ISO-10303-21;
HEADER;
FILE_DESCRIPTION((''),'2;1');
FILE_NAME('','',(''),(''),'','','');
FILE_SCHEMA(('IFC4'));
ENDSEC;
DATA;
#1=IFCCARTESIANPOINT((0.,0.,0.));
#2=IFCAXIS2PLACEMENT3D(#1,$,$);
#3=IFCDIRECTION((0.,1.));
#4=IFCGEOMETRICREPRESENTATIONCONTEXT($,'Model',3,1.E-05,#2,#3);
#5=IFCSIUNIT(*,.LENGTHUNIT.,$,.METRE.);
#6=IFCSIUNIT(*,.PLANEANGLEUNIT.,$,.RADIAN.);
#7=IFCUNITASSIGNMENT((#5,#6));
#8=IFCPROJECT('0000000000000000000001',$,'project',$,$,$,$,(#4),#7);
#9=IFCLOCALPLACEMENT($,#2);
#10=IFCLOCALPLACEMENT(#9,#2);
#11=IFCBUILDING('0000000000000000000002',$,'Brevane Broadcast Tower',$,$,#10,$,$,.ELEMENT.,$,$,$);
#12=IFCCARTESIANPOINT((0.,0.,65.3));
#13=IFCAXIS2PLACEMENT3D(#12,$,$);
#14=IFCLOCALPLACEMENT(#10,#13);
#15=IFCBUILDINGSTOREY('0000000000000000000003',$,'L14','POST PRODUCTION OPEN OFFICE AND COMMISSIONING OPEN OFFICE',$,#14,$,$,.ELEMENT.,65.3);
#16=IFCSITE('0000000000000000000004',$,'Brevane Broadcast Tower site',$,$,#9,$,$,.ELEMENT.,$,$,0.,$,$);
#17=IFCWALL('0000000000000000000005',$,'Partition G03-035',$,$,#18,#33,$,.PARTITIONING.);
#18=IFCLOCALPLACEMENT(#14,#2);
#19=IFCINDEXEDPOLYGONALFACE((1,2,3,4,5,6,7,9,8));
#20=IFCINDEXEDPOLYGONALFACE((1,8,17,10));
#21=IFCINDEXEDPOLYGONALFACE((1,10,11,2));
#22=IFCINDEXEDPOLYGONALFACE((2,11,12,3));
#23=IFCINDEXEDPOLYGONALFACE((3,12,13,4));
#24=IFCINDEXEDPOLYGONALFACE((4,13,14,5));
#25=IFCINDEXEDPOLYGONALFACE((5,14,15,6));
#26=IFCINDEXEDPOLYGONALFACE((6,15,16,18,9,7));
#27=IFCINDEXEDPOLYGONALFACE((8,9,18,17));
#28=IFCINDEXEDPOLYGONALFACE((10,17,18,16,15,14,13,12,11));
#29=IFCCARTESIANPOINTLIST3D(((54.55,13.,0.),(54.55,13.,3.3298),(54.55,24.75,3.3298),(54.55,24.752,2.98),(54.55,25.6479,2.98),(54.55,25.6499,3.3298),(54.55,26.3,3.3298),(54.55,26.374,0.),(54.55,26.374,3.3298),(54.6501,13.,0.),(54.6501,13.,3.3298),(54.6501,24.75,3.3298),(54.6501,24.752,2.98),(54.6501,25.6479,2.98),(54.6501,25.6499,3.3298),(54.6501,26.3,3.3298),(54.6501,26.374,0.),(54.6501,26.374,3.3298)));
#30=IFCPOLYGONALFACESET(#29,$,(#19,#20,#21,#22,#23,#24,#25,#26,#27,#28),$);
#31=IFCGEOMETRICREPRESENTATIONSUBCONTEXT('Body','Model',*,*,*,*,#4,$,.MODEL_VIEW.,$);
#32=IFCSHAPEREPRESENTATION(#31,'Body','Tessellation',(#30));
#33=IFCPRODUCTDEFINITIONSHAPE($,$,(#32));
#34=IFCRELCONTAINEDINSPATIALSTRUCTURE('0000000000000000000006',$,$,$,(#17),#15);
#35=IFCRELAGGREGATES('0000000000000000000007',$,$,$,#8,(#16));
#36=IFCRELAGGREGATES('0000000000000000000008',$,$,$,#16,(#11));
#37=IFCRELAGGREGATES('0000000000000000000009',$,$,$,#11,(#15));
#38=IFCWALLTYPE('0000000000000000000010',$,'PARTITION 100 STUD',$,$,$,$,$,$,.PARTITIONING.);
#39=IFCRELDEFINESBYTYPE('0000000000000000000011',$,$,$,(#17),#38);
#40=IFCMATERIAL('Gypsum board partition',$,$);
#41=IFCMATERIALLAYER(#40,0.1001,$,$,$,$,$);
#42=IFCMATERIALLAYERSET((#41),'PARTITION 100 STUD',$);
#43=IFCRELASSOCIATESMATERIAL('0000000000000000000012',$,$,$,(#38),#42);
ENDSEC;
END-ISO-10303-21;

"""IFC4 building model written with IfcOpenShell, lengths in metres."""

from ifc_helpers import new_model, si_unit, direction, frame, origin, place, context, subcontext, project, spatial, polyline, outline, extrude, material, layer, layer_set, type_object, element, save


model = new_model("IFC4")

# Units and contexts
model_context = context("Model", 3, precision=1e-05, world=origin(), true_north=direction((0.0, 1.0)))
body_context = subcontext(model_context, "Body", "Model", "MODEL_VIEW")
ifc_project = project(units=[si_unit("LENGTHUNIT", "METRE"), si_unit("PLANEANGLEUNIT", "RADIAN")], contexts=[model_context])

# Site, building, storey
site_placement = place(None, origin())
site = spatial("IfcSite", under=ifc_project, at=site_placement, Name="Brevane Broadcast Tower site", CompositionType="ELEMENT", RefElevation=0.0)
building_placement = place(site_placement, origin())
building = spatial("IfcBuilding", under=site, at=building_placement, Name="Brevane Broadcast Tower", CompositionType="ELEMENT")
storey_placement = place(building_placement, frame((0.0, 0.0, 65.3)))
storey = spatial("IfcBuildingStorey", under=building, at=storey_placement, Name="L14", Description="POST PRODUCTION OPEN OFFICE AND COMMISSIONING OPEN OFFICE", CompositionType="ELEMENT", Elevation=65.3)

# Wall
ifc_material_1 = material(Name="Gypsum board partition")
ifc_layer = layer(ifc_material_1, 0.1001)
ifc_layer_set = layer_set([ifc_layer], Name="PARTITION 100 STUD")
wall_type = type_object("IfcWallType", Name="PARTITION 100 STUD", PredefinedType="PARTITIONING", material=ifc_layer_set)
wall_1_placement = place(storey_placement, frame((54.6001, 26.374, 0.0), z_axis=(0.0, 0.0, 1.0), x_axis=(0.0, -1.0, 0.0)))
element("IfcWall", 1, at=wall_1_placement, inside=storey, type_object=wall_type, Name="Partition G03-035", PredefinedType="PARTITIONING", context=body_context, shape_type="SweptSolid", body=[
    extrude(outline(polyline([(0.0, 0.0), (13.374, 0.0), (13.374, 3.3298), (1.624, 3.3298), (1.6221, 2.98), (0.7261, 2.98), (0.7241, 3.3298), (0.074, 3.3298), (0.0, 3.3298), (0.0, 0.0)])), frame((0.0, 0.05, 0.0), z_axis=(0.0, -1.0, 0.0), x_axis=(1.0, 0.0, 0.0)), (0.0, 0.0, 1.0), 0.1001),
])

save(model, "model.ifc")
